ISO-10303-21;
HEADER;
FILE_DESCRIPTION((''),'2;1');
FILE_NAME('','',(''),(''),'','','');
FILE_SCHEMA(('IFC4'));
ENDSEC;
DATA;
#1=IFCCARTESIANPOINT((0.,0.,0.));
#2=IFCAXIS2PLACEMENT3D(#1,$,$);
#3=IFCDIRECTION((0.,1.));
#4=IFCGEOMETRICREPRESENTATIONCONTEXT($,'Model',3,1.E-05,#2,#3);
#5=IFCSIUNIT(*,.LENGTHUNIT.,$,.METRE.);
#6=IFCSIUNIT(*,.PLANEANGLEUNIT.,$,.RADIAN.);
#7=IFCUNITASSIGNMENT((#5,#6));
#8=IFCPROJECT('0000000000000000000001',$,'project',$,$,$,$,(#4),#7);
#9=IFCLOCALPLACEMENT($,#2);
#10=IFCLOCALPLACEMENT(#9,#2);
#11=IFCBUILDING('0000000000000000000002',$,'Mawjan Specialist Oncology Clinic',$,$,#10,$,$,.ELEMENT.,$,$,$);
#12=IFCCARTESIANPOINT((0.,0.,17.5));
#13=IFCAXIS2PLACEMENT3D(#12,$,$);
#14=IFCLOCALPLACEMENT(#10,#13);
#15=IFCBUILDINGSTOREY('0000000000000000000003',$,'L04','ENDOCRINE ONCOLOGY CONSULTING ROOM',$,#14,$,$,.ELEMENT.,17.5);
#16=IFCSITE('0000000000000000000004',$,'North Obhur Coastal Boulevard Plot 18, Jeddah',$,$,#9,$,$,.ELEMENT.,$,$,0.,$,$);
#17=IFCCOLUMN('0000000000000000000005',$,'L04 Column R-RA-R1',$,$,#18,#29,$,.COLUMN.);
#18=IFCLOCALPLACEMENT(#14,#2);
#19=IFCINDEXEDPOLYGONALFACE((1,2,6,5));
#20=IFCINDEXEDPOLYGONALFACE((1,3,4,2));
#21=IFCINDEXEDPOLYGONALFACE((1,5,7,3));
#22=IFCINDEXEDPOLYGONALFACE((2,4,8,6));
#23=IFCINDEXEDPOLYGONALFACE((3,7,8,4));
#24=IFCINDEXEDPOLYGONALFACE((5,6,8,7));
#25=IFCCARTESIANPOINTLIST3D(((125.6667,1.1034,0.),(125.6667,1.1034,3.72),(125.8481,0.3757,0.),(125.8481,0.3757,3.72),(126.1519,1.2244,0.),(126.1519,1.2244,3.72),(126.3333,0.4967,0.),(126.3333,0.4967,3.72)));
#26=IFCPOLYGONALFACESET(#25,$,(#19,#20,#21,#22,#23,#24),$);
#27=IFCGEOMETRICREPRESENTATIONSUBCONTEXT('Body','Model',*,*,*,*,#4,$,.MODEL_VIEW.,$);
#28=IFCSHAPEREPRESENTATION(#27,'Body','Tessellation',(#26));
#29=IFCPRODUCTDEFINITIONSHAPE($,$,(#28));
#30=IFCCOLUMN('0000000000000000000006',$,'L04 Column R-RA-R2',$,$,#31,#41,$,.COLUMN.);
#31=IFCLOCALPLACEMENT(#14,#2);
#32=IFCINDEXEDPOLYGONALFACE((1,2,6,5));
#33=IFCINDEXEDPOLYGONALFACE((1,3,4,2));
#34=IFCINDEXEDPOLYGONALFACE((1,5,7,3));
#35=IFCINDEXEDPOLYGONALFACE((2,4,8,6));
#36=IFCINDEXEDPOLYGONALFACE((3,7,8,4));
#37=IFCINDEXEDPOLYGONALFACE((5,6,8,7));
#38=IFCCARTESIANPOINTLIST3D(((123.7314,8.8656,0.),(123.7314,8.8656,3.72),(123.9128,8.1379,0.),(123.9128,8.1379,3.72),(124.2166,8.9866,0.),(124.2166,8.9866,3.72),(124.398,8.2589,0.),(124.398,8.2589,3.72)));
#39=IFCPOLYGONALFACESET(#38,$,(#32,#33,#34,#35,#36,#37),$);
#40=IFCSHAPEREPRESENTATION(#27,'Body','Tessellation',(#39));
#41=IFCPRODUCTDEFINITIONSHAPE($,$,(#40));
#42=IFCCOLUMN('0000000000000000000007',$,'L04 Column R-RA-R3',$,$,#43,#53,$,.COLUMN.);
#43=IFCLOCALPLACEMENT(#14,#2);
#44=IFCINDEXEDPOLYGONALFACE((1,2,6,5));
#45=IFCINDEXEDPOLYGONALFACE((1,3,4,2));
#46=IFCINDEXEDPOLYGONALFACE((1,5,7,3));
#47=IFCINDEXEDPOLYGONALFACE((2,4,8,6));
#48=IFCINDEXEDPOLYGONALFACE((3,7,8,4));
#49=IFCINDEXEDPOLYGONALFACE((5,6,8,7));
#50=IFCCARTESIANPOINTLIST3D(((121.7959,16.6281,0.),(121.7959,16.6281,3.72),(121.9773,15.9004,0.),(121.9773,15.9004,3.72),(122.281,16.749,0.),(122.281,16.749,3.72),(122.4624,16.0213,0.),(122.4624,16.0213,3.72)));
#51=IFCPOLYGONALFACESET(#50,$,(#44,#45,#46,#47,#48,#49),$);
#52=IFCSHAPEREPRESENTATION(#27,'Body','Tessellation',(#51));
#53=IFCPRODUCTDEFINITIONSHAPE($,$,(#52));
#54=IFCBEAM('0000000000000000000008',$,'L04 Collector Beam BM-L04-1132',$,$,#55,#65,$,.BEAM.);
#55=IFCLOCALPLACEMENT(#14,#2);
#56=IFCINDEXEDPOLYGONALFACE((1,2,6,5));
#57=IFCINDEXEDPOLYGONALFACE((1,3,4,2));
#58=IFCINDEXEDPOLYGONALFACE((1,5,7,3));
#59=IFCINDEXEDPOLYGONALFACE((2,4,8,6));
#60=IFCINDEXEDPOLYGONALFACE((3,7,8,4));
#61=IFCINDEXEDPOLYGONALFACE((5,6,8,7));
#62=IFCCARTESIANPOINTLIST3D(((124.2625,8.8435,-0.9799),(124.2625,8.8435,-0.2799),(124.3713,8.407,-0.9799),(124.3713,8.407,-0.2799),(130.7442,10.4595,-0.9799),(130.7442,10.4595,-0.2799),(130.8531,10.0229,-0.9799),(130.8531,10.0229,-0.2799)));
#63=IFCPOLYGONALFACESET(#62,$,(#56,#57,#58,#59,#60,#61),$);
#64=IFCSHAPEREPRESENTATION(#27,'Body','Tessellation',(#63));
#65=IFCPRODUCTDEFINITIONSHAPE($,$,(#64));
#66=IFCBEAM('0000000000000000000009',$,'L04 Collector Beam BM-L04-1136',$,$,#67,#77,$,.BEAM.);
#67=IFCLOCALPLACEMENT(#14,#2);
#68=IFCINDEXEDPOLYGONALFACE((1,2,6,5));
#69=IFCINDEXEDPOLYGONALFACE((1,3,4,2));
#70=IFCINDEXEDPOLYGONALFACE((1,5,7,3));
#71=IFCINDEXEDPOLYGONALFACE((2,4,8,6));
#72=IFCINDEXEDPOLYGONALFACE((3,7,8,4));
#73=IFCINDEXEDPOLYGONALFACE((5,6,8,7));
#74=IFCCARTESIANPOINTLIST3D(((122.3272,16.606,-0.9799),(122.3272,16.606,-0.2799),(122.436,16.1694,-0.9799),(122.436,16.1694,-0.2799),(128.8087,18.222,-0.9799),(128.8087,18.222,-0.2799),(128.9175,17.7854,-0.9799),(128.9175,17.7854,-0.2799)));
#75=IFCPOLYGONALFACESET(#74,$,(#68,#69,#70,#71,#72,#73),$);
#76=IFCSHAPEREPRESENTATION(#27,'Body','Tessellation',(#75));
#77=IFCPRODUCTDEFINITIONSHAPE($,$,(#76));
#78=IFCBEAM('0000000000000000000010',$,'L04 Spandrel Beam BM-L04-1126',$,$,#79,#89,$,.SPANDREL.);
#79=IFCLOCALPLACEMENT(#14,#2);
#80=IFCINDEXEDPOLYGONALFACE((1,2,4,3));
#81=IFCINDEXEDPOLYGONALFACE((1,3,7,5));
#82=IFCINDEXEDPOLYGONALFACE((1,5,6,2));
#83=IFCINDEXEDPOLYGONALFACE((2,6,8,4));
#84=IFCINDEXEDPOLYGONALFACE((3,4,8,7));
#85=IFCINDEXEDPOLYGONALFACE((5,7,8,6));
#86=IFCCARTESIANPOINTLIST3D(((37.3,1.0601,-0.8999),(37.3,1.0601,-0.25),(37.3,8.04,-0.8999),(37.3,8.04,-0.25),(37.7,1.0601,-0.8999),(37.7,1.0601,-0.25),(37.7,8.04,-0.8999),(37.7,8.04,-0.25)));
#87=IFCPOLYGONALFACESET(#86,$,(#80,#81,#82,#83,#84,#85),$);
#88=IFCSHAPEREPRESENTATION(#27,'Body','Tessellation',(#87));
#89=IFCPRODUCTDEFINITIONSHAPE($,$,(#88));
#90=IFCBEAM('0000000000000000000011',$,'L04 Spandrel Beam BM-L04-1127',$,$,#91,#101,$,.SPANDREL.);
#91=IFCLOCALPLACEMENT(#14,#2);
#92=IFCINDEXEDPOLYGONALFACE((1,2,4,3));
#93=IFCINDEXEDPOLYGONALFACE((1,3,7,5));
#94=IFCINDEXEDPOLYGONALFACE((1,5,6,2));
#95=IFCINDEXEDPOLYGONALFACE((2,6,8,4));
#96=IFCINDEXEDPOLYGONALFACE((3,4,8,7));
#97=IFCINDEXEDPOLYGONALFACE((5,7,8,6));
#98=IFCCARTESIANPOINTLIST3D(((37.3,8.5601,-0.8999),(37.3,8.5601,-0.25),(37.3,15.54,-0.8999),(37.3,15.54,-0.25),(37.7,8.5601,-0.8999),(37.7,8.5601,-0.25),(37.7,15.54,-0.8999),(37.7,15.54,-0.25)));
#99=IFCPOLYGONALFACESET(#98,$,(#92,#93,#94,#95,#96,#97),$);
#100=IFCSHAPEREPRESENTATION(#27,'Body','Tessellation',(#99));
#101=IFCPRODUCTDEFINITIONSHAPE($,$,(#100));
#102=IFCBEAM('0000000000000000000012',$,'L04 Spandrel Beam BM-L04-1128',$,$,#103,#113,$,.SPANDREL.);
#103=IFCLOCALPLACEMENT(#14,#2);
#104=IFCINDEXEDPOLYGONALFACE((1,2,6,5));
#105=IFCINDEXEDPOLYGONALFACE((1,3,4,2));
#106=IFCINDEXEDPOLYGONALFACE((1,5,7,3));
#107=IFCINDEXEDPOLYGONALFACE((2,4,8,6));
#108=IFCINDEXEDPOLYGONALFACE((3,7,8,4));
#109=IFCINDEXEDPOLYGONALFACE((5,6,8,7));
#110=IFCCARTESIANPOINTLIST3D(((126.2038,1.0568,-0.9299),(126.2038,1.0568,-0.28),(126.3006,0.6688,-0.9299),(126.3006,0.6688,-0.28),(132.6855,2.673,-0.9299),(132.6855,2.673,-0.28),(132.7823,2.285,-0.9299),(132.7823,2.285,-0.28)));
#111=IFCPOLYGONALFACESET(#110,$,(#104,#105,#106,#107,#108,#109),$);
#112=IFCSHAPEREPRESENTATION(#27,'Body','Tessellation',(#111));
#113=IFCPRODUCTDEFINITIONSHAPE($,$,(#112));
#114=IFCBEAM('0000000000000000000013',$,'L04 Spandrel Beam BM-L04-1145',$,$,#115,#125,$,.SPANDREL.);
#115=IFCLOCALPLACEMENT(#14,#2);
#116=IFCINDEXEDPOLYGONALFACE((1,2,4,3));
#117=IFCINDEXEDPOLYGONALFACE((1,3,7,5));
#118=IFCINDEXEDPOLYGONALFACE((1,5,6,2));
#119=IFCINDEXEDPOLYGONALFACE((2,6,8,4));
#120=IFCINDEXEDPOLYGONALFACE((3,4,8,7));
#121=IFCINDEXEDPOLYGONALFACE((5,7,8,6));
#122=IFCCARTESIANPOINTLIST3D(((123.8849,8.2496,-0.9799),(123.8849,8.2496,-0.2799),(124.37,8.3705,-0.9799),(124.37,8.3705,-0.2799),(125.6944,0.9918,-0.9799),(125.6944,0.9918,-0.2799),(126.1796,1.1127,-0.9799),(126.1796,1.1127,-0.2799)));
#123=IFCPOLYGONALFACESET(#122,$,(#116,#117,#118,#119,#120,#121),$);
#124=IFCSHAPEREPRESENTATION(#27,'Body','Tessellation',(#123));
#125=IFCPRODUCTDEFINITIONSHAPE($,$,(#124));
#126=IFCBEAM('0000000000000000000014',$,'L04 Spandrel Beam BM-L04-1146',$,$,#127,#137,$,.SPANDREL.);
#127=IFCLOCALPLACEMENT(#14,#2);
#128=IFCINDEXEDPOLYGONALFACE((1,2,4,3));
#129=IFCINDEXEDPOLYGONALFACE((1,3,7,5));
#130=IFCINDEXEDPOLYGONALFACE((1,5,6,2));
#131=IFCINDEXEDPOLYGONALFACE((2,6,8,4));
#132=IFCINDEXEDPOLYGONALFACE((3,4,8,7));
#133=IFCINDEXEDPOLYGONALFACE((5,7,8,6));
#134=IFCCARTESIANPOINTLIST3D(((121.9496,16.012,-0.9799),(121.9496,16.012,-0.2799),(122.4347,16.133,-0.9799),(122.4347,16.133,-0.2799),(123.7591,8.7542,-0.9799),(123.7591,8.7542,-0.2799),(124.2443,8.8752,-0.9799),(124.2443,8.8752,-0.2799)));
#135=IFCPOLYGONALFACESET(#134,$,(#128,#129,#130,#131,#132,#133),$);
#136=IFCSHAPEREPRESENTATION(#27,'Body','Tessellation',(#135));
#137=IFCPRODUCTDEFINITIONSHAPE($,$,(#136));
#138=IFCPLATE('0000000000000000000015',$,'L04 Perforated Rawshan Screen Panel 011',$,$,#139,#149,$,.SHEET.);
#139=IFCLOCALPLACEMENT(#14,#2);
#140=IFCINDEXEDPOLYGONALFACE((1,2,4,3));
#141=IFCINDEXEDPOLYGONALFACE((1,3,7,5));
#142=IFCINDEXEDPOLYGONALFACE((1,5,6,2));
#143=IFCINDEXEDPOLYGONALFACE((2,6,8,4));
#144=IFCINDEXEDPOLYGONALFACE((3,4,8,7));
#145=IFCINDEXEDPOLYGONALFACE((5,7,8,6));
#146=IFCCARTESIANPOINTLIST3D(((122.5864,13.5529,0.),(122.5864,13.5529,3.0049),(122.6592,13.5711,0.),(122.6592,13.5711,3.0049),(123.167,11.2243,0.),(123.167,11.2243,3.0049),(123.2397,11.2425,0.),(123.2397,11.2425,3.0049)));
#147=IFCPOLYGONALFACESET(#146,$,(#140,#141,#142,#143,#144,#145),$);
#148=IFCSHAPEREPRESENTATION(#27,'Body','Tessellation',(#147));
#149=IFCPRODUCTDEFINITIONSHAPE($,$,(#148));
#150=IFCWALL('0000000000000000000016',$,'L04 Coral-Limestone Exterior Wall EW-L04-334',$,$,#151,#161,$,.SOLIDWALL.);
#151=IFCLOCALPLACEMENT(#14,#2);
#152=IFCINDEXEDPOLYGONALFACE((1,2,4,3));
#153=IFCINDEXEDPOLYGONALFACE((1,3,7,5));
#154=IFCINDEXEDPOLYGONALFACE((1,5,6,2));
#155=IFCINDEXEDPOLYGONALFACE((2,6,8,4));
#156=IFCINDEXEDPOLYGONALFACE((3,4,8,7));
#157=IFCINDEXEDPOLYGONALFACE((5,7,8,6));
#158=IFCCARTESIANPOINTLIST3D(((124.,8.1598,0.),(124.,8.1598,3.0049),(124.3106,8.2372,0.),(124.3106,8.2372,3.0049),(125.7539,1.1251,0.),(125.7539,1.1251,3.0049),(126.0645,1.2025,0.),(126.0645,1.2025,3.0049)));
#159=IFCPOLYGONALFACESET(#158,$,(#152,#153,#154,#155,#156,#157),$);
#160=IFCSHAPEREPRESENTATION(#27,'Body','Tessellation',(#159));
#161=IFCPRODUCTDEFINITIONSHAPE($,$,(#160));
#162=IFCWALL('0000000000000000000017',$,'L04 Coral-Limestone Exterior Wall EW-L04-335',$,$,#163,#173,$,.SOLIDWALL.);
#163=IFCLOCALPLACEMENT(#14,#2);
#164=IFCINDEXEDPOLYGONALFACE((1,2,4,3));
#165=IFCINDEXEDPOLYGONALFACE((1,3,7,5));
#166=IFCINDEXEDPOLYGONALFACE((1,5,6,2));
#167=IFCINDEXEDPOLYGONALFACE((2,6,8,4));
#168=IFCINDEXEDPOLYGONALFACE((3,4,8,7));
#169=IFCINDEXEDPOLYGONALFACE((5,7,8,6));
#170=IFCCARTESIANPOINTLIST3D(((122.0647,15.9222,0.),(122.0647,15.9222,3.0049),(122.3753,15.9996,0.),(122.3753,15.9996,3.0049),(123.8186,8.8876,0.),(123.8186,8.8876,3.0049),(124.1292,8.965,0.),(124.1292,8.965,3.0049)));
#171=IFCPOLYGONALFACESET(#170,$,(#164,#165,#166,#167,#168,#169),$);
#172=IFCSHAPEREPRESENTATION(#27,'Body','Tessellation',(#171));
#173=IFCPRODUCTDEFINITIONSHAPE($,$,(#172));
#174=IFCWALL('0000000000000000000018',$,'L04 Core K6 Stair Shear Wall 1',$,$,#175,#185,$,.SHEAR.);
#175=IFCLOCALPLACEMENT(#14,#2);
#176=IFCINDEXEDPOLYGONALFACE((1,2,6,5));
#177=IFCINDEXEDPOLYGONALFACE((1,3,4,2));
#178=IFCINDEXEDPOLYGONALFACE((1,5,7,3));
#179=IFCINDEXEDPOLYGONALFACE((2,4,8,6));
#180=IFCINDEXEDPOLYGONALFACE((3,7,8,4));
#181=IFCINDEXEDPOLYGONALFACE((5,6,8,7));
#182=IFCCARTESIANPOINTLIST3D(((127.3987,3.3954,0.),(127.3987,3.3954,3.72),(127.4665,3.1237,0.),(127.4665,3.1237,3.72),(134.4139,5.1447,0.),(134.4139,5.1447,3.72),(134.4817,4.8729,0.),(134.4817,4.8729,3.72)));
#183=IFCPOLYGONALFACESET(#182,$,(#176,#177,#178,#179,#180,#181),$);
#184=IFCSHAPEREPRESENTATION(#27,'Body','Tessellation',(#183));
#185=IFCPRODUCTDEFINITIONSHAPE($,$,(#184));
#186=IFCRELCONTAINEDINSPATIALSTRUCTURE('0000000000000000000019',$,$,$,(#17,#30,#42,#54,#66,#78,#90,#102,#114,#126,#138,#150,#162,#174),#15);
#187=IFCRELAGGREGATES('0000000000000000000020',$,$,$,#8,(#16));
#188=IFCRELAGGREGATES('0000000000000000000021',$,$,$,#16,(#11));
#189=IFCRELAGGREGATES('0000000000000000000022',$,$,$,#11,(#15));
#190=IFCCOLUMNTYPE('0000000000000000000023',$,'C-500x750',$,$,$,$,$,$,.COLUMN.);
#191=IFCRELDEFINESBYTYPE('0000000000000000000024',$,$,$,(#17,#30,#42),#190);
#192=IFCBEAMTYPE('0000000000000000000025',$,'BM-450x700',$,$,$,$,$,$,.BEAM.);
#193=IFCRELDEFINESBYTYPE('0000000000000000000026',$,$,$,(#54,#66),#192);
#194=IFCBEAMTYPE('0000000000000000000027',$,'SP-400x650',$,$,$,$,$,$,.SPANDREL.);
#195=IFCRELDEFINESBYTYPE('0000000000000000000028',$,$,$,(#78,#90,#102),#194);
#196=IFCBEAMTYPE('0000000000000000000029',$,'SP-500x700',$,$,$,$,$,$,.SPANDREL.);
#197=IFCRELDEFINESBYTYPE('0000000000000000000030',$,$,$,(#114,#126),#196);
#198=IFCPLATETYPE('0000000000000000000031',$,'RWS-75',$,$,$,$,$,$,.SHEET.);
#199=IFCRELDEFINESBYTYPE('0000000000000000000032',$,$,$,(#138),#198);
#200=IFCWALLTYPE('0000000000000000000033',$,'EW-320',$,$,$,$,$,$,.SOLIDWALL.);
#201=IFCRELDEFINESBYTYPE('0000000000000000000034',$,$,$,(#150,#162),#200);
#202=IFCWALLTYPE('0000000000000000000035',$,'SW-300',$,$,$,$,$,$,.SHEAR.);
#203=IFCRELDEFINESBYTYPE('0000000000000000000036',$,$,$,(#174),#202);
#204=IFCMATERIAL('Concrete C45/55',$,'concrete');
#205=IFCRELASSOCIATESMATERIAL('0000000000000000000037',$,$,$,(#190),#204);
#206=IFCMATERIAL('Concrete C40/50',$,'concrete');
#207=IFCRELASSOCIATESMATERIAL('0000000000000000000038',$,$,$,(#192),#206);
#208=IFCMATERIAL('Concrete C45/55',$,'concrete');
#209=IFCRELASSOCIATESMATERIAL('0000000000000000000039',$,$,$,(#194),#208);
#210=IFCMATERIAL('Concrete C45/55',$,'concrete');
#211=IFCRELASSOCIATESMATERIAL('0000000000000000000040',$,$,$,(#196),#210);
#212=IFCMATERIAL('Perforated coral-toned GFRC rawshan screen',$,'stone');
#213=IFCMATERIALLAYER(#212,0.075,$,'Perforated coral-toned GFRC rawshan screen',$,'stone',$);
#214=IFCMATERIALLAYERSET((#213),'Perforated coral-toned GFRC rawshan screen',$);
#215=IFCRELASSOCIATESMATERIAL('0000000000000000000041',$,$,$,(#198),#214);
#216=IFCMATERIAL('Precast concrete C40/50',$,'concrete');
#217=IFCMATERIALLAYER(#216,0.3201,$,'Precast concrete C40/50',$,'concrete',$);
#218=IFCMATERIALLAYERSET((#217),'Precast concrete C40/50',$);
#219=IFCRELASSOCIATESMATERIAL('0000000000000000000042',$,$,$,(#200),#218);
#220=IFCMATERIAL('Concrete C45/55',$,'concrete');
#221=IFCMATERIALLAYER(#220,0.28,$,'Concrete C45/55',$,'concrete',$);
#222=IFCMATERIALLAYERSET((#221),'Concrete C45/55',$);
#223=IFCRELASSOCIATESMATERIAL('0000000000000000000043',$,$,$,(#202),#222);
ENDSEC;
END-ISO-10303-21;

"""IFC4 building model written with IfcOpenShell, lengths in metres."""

from ifc_helpers import new_model, si_unit, direction, frame, frame_2d, origin, origin_2d, place, context, subcontext, project, spatial, rectangle, extrude, material, layer, layer_set, material_profile, profile_set, type_object, element, save


model = new_model("IFC4")

# Units and contexts
model_context = context("Model", 3, precision=1e-05, world=origin(), true_north=direction((0.0, 1.0)))
body_context = subcontext(model_context, "Body", "Model", "MODEL_VIEW")
ifc_project = project(units=[si_unit("LENGTHUNIT", "METRE"), si_unit("PLANEANGLEUNIT", "RADIAN")], contexts=[model_context])

# Site, building, storey
site_placement = place(None, origin())
site = spatial("IfcSite", under=ifc_project, at=site_placement, Name="North Obhur Coastal Boulevard Plot 18, Jeddah", CompositionType="ELEMENT", RefElevation=0.0)
building_placement = place(site_placement, origin())
building = spatial("IfcBuilding", under=site, at=building_placement, Name="Mawjan Specialist Oncology Clinic", CompositionType="ELEMENT")
storey_placement = place(building_placement, frame((0.0, 0.0, 17.5)))
storey = spatial("IfcBuildingStorey", under=building, at=storey_placement, Name="L04", Description="ENDOCRINE ONCOLOGY CONSULTING ROOM", CompositionType="ELEMENT", Elevation=17.5)

# Columns
ifc_material_1 = material(Name="Concrete C45/55", Category="concrete")
ifc_material_profile_1 = material_profile(ifc_material_1, rectangle(XDim=0.5, YDim=0.75, at=origin_2d()), Name="RC COL 500x750", Category="concrete")
ifc_profile_set_1 = profile_set([ifc_material_profile_1], Name="Concrete C45/55")
column_type = type_object("IfcColumnType", Name="C-500x750", PredefinedType="COLUMN", material=ifc_profile_set_1)
for number, where, z_axis, x_axis, name in (
    (1, (126.0, 0.8, 0.0), (0.0, 0.0, 1.0), (0.970296, 0.241922, 0.0), "L04 Column R-RA-R1"),
    (2, (124.0647, 8.5623, 0.0), (0.0, 0.0, 1.0), (0.970296, 0.241922, 0.0), "L04 Column R-RA-R2"),
    (3, (122.1292, 16.3247, 0.0), (0.0, 0.0, 1.0), (0.970296, 0.241922, 0.0), "L04 Column R-RA-R3"),
):
    element("IfcColumn", number, at=place(storey_placement, frame(where, z_axis=z_axis, x_axis=x_axis)), inside=storey, type_object=column_type, Name=name, PredefinedType="COLUMN", context=body_context, shape_type="SweptSolid", body=[
        extrude(rectangle(XDim=0.5, YDim=0.75, at=origin_2d()), origin(), (0.0, 0.0, 1.0), 3.72),
    ])

# Beams
ifc_material_2 = material(Name="Concrete C40/50", Category="concrete")
ifc_material_profile_2 = material_profile(ifc_material_2, rectangle(XDim=0.45, YDim=0.7, at=origin_2d()), Name="RC BM 450x700", Category="concrete")
ifc_profile_set_2 = profile_set([ifc_material_profile_2], Name="Concrete C40/50")
beam_type_1 = type_object("IfcBeamType", Name="BM-450x700", PredefinedType="BEAM", material=ifc_profile_set_2)
beam_1_placement = place(storey_placement, frame((124.3169, 8.6252, -0.6299), z_axis=(0.970299, 0.241908, 0.0), x_axis=(-0.241908, 0.970299, 0.0)))
element("IfcBeam", 4, at=beam_1_placement, inside=storey, type_object=beam_type_1, Name="L04 Collector Beam BM-L04-1132", PredefinedType="BEAM", context=body_context, shape_type="SweptSolid", body=[
    extrude(rectangle(XDim=0.45, YDim=0.7, at=origin_2d()), origin(), (0.0, 0.0, 1.0), 6.6802),
])
beam_2_placement = place(storey_placement, frame((122.3816, 16.3877, -0.6299), z_axis=(0.970297, 0.241916, 0.0), x_axis=(-0.241916, 0.970297, 0.0)))
element("IfcBeam", 5, at=beam_2_placement, inside=storey, type_object=beam_type_1, Name="L04 Collector Beam BM-L04-1136", PredefinedType="BEAM", context=body_context, shape_type="SweptSolid", body=[
    extrude(rectangle(XDim=0.45, YDim=0.7, at=origin_2d()), origin(), (0.0, 0.0, 1.0), 6.6799),
])
ifc_material_3 = material(Name="Concrete C45/55", Category="concrete")
ifc_material_profile_3 = material_profile(ifc_material_3, rectangle(XDim=0.3999, YDim=0.6499, at=origin_2d()), Name="RC BM 400x650", Category="concrete")
ifc_profile_set_3 = profile_set([ifc_material_profile_3], Name="Concrete C45/55")
beam_type_2 = type_object("IfcBeamType", Name="SP-400x650", PredefinedType="SPANDREL", material=ifc_profile_set_3)
for number, where, z_axis, x_axis, name in (
    (6, (37.5, 1.0601, -0.575), (0.0, 1.0, 0.0), (-1.0, 0.0, 0.0), "L04 Spandrel Beam BM-L04-1126"),
    (7, (37.5, 8.5601, -0.575), (0.0, 1.0, 0.0), (-1.0, 0.0, 0.0), "L04 Spandrel Beam BM-L04-1127"),
):
    element("IfcBeam", number, at=place(storey_placement, frame(where, z_axis=z_axis, x_axis=x_axis)), inside=storey, type_object=beam_type_2, Name=name, PredefinedType="SPANDREL", context=body_context, shape_type="SweptSolid", body=[
        extrude(rectangle(XDim=0.3999, YDim=0.6499, at=origin_2d()), origin(), (0.0, 0.0, 1.0), 6.98),
    ])
beam_3_placement = place(storey_placement, frame((126.2522, 0.8628, -0.605), z_axis=(0.970291, 0.241942, 0.0), x_axis=(-0.241942, 0.970291, 0.0)))
element("IfcBeam", 8, at=beam_3_placement, inside=storey, type_object=beam_type_2, Name="L04 Spandrel Beam BM-L04-1128", PredefinedType="SPANDREL", context=body_context, shape_type="SweptSolid", body=[
    extrude(rectangle(XDim=0.3999, YDim=0.6499, at=origin_2d()), origin(), (0.0, 0.0, 1.0), 6.6802),
])
ifc_material_4 = material(Name="Concrete C45/55", Category="concrete")
ifc_material_profile_4 = material_profile(ifc_material_4, rectangle(XDim=0.5, YDim=0.7, at=origin_2d()), Name="RC BM 500x700", Category="concrete")
ifc_profile_set_4 = profile_set([ifc_material_profile_4], Name="Concrete C45/55")
beam_type_3 = type_object("IfcBeamType", Name="SP-500x700", PredefinedType="SPANDREL", material=ifc_profile_set_4)
for number, where, z_axis, x_axis, name in (
    (9, (125.937, 1.0522, -0.6299), (-0.241921, 0.970296, 0.0), (-0.970296, -0.241921, 0.0), "L04 Spandrel Beam BM-L04-1145"),
    (10, (124.0017, 8.8147, -0.6299), (-0.241921, 0.970296, 0.0), (-0.970296, -0.241921, 0.0), "L04 Spandrel Beam BM-L04-1146"),
):
    element("IfcBeam", number, at=place(storey_placement, frame(where, z_axis=z_axis, x_axis=x_axis)), inside=storey, type_object=beam_type_3, Name=name, PredefinedType="SPANDREL", context=body_context, shape_type="SweptSolid", body=[
        extrude(rectangle(XDim=0.5, YDim=0.7, at=origin_2d()), origin(), (0.0, 0.0, 1.0), 7.48),
    ])

# Plate
ifc_material_5 = material(Name="Perforated coral-toned GFRC rawshan screen", Category="stone")
ifc_layer_1 = layer(ifc_material_5, 0.075, Name="Perforated coral-toned GFRC rawshan screen", Category="stone")
ifc_layer_set_1 = layer_set([ifc_layer_1], Name="Perforated coral-toned GFRC rawshan screen")
plate_type = type_object("IfcPlateType", Name="RWS-75", PredefinedType="SHEET", material=ifc_layer_set_1)
plate_placement = place(storey_placement, frame((122.9131, 12.3977, 0.0), z_axis=(0.0, 0.0, 1.0), x_axis=(-0.241922, 0.970296, 0.0)))
element("IfcPlate", 11, at=plate_placement, inside=storey, type_object=plate_type, Name="L04 Perforated Rawshan Screen Panel 011", PredefinedType="SHEET", context=body_context, shape_type="SweptSolid", body=[
    extrude(rectangle(XDim=2.3999, YDim=0.075, at=origin_2d()), origin(), (0.0, 0.0, 1.0), 3.0049),
])

# Walls
ifc_material_6 = material(Name="Precast concrete C40/50", Category="concrete")
ifc_layer_2 = layer(ifc_material_6, 0.3201, Name="Precast concrete C40/50", Category="concrete")
ifc_layer_set_2 = layer_set([ifc_layer_2], Name="Precast concrete C40/50")
wall_type_1 = type_object("IfcWallType", Name="EW-320", PredefinedType="SOLIDWALL", material=ifc_layer_set_2)
for number, where, z_axis, x_axis, name in (
    (12, (125.9092, 1.1638, 0.0), (0.0, 0.0, 1.0), (-0.241918, 0.970297, 0.0), "L04 Coral-Limestone Exterior Wall EW-L04-334"),
    (13, (123.9739, 8.9263, 0.0), (0.0, 0.0, 1.0), (-0.241918, 0.970297, 0.0), "L04 Coral-Limestone Exterior Wall EW-L04-335"),
):
    element("IfcWall", number, at=place(storey_placement, frame(where, z_axis=z_axis, x_axis=x_axis)), inside=storey, type_object=wall_type_1, Name=name, PredefinedType="SOLIDWALL", context=body_context, shape_type="SweptSolid", body=[
        extrude(rectangle(XDim=7.25, YDim=0.3201, at=frame_2d((3.625, 0.0))), origin(), (0.0, 0.0, 1.0), 3.0049),
    ])
ifc_material_7 = material(Name="Concrete C45/55", Category="concrete")
ifc_layer_3 = layer(ifc_material_7, 0.28, Name="Concrete C45/55", Category="concrete")
ifc_layer_set_3 = layer_set([ifc_layer_3], Name="Concrete C45/55")
wall_type_2 = type_object("IfcWallType", Name="SW-300", PredefinedType="SHEAR", material=ifc_layer_set_3)
wall_1_placement = place(storey_placement, frame((127.4326, 3.2595, 0.0), z_axis=(0.0, 0.0, 1.0), x_axis=(0.970289, 0.241948, 0.0)))
element("IfcWall", 14, at=wall_1_placement, inside=storey, type_object=wall_type_2, Name="L04 Core K6 Stair Shear Wall 1", PredefinedType="SHEAR", context=body_context, shape_type="SweptSolid", body=[
    extrude(rectangle(XDim=7.23, YDim=0.28, at=frame_2d((3.615, 0.0))), origin(), (0.0, 0.0, 1.0), 3.72),
])

save(model, "model.ifc")
